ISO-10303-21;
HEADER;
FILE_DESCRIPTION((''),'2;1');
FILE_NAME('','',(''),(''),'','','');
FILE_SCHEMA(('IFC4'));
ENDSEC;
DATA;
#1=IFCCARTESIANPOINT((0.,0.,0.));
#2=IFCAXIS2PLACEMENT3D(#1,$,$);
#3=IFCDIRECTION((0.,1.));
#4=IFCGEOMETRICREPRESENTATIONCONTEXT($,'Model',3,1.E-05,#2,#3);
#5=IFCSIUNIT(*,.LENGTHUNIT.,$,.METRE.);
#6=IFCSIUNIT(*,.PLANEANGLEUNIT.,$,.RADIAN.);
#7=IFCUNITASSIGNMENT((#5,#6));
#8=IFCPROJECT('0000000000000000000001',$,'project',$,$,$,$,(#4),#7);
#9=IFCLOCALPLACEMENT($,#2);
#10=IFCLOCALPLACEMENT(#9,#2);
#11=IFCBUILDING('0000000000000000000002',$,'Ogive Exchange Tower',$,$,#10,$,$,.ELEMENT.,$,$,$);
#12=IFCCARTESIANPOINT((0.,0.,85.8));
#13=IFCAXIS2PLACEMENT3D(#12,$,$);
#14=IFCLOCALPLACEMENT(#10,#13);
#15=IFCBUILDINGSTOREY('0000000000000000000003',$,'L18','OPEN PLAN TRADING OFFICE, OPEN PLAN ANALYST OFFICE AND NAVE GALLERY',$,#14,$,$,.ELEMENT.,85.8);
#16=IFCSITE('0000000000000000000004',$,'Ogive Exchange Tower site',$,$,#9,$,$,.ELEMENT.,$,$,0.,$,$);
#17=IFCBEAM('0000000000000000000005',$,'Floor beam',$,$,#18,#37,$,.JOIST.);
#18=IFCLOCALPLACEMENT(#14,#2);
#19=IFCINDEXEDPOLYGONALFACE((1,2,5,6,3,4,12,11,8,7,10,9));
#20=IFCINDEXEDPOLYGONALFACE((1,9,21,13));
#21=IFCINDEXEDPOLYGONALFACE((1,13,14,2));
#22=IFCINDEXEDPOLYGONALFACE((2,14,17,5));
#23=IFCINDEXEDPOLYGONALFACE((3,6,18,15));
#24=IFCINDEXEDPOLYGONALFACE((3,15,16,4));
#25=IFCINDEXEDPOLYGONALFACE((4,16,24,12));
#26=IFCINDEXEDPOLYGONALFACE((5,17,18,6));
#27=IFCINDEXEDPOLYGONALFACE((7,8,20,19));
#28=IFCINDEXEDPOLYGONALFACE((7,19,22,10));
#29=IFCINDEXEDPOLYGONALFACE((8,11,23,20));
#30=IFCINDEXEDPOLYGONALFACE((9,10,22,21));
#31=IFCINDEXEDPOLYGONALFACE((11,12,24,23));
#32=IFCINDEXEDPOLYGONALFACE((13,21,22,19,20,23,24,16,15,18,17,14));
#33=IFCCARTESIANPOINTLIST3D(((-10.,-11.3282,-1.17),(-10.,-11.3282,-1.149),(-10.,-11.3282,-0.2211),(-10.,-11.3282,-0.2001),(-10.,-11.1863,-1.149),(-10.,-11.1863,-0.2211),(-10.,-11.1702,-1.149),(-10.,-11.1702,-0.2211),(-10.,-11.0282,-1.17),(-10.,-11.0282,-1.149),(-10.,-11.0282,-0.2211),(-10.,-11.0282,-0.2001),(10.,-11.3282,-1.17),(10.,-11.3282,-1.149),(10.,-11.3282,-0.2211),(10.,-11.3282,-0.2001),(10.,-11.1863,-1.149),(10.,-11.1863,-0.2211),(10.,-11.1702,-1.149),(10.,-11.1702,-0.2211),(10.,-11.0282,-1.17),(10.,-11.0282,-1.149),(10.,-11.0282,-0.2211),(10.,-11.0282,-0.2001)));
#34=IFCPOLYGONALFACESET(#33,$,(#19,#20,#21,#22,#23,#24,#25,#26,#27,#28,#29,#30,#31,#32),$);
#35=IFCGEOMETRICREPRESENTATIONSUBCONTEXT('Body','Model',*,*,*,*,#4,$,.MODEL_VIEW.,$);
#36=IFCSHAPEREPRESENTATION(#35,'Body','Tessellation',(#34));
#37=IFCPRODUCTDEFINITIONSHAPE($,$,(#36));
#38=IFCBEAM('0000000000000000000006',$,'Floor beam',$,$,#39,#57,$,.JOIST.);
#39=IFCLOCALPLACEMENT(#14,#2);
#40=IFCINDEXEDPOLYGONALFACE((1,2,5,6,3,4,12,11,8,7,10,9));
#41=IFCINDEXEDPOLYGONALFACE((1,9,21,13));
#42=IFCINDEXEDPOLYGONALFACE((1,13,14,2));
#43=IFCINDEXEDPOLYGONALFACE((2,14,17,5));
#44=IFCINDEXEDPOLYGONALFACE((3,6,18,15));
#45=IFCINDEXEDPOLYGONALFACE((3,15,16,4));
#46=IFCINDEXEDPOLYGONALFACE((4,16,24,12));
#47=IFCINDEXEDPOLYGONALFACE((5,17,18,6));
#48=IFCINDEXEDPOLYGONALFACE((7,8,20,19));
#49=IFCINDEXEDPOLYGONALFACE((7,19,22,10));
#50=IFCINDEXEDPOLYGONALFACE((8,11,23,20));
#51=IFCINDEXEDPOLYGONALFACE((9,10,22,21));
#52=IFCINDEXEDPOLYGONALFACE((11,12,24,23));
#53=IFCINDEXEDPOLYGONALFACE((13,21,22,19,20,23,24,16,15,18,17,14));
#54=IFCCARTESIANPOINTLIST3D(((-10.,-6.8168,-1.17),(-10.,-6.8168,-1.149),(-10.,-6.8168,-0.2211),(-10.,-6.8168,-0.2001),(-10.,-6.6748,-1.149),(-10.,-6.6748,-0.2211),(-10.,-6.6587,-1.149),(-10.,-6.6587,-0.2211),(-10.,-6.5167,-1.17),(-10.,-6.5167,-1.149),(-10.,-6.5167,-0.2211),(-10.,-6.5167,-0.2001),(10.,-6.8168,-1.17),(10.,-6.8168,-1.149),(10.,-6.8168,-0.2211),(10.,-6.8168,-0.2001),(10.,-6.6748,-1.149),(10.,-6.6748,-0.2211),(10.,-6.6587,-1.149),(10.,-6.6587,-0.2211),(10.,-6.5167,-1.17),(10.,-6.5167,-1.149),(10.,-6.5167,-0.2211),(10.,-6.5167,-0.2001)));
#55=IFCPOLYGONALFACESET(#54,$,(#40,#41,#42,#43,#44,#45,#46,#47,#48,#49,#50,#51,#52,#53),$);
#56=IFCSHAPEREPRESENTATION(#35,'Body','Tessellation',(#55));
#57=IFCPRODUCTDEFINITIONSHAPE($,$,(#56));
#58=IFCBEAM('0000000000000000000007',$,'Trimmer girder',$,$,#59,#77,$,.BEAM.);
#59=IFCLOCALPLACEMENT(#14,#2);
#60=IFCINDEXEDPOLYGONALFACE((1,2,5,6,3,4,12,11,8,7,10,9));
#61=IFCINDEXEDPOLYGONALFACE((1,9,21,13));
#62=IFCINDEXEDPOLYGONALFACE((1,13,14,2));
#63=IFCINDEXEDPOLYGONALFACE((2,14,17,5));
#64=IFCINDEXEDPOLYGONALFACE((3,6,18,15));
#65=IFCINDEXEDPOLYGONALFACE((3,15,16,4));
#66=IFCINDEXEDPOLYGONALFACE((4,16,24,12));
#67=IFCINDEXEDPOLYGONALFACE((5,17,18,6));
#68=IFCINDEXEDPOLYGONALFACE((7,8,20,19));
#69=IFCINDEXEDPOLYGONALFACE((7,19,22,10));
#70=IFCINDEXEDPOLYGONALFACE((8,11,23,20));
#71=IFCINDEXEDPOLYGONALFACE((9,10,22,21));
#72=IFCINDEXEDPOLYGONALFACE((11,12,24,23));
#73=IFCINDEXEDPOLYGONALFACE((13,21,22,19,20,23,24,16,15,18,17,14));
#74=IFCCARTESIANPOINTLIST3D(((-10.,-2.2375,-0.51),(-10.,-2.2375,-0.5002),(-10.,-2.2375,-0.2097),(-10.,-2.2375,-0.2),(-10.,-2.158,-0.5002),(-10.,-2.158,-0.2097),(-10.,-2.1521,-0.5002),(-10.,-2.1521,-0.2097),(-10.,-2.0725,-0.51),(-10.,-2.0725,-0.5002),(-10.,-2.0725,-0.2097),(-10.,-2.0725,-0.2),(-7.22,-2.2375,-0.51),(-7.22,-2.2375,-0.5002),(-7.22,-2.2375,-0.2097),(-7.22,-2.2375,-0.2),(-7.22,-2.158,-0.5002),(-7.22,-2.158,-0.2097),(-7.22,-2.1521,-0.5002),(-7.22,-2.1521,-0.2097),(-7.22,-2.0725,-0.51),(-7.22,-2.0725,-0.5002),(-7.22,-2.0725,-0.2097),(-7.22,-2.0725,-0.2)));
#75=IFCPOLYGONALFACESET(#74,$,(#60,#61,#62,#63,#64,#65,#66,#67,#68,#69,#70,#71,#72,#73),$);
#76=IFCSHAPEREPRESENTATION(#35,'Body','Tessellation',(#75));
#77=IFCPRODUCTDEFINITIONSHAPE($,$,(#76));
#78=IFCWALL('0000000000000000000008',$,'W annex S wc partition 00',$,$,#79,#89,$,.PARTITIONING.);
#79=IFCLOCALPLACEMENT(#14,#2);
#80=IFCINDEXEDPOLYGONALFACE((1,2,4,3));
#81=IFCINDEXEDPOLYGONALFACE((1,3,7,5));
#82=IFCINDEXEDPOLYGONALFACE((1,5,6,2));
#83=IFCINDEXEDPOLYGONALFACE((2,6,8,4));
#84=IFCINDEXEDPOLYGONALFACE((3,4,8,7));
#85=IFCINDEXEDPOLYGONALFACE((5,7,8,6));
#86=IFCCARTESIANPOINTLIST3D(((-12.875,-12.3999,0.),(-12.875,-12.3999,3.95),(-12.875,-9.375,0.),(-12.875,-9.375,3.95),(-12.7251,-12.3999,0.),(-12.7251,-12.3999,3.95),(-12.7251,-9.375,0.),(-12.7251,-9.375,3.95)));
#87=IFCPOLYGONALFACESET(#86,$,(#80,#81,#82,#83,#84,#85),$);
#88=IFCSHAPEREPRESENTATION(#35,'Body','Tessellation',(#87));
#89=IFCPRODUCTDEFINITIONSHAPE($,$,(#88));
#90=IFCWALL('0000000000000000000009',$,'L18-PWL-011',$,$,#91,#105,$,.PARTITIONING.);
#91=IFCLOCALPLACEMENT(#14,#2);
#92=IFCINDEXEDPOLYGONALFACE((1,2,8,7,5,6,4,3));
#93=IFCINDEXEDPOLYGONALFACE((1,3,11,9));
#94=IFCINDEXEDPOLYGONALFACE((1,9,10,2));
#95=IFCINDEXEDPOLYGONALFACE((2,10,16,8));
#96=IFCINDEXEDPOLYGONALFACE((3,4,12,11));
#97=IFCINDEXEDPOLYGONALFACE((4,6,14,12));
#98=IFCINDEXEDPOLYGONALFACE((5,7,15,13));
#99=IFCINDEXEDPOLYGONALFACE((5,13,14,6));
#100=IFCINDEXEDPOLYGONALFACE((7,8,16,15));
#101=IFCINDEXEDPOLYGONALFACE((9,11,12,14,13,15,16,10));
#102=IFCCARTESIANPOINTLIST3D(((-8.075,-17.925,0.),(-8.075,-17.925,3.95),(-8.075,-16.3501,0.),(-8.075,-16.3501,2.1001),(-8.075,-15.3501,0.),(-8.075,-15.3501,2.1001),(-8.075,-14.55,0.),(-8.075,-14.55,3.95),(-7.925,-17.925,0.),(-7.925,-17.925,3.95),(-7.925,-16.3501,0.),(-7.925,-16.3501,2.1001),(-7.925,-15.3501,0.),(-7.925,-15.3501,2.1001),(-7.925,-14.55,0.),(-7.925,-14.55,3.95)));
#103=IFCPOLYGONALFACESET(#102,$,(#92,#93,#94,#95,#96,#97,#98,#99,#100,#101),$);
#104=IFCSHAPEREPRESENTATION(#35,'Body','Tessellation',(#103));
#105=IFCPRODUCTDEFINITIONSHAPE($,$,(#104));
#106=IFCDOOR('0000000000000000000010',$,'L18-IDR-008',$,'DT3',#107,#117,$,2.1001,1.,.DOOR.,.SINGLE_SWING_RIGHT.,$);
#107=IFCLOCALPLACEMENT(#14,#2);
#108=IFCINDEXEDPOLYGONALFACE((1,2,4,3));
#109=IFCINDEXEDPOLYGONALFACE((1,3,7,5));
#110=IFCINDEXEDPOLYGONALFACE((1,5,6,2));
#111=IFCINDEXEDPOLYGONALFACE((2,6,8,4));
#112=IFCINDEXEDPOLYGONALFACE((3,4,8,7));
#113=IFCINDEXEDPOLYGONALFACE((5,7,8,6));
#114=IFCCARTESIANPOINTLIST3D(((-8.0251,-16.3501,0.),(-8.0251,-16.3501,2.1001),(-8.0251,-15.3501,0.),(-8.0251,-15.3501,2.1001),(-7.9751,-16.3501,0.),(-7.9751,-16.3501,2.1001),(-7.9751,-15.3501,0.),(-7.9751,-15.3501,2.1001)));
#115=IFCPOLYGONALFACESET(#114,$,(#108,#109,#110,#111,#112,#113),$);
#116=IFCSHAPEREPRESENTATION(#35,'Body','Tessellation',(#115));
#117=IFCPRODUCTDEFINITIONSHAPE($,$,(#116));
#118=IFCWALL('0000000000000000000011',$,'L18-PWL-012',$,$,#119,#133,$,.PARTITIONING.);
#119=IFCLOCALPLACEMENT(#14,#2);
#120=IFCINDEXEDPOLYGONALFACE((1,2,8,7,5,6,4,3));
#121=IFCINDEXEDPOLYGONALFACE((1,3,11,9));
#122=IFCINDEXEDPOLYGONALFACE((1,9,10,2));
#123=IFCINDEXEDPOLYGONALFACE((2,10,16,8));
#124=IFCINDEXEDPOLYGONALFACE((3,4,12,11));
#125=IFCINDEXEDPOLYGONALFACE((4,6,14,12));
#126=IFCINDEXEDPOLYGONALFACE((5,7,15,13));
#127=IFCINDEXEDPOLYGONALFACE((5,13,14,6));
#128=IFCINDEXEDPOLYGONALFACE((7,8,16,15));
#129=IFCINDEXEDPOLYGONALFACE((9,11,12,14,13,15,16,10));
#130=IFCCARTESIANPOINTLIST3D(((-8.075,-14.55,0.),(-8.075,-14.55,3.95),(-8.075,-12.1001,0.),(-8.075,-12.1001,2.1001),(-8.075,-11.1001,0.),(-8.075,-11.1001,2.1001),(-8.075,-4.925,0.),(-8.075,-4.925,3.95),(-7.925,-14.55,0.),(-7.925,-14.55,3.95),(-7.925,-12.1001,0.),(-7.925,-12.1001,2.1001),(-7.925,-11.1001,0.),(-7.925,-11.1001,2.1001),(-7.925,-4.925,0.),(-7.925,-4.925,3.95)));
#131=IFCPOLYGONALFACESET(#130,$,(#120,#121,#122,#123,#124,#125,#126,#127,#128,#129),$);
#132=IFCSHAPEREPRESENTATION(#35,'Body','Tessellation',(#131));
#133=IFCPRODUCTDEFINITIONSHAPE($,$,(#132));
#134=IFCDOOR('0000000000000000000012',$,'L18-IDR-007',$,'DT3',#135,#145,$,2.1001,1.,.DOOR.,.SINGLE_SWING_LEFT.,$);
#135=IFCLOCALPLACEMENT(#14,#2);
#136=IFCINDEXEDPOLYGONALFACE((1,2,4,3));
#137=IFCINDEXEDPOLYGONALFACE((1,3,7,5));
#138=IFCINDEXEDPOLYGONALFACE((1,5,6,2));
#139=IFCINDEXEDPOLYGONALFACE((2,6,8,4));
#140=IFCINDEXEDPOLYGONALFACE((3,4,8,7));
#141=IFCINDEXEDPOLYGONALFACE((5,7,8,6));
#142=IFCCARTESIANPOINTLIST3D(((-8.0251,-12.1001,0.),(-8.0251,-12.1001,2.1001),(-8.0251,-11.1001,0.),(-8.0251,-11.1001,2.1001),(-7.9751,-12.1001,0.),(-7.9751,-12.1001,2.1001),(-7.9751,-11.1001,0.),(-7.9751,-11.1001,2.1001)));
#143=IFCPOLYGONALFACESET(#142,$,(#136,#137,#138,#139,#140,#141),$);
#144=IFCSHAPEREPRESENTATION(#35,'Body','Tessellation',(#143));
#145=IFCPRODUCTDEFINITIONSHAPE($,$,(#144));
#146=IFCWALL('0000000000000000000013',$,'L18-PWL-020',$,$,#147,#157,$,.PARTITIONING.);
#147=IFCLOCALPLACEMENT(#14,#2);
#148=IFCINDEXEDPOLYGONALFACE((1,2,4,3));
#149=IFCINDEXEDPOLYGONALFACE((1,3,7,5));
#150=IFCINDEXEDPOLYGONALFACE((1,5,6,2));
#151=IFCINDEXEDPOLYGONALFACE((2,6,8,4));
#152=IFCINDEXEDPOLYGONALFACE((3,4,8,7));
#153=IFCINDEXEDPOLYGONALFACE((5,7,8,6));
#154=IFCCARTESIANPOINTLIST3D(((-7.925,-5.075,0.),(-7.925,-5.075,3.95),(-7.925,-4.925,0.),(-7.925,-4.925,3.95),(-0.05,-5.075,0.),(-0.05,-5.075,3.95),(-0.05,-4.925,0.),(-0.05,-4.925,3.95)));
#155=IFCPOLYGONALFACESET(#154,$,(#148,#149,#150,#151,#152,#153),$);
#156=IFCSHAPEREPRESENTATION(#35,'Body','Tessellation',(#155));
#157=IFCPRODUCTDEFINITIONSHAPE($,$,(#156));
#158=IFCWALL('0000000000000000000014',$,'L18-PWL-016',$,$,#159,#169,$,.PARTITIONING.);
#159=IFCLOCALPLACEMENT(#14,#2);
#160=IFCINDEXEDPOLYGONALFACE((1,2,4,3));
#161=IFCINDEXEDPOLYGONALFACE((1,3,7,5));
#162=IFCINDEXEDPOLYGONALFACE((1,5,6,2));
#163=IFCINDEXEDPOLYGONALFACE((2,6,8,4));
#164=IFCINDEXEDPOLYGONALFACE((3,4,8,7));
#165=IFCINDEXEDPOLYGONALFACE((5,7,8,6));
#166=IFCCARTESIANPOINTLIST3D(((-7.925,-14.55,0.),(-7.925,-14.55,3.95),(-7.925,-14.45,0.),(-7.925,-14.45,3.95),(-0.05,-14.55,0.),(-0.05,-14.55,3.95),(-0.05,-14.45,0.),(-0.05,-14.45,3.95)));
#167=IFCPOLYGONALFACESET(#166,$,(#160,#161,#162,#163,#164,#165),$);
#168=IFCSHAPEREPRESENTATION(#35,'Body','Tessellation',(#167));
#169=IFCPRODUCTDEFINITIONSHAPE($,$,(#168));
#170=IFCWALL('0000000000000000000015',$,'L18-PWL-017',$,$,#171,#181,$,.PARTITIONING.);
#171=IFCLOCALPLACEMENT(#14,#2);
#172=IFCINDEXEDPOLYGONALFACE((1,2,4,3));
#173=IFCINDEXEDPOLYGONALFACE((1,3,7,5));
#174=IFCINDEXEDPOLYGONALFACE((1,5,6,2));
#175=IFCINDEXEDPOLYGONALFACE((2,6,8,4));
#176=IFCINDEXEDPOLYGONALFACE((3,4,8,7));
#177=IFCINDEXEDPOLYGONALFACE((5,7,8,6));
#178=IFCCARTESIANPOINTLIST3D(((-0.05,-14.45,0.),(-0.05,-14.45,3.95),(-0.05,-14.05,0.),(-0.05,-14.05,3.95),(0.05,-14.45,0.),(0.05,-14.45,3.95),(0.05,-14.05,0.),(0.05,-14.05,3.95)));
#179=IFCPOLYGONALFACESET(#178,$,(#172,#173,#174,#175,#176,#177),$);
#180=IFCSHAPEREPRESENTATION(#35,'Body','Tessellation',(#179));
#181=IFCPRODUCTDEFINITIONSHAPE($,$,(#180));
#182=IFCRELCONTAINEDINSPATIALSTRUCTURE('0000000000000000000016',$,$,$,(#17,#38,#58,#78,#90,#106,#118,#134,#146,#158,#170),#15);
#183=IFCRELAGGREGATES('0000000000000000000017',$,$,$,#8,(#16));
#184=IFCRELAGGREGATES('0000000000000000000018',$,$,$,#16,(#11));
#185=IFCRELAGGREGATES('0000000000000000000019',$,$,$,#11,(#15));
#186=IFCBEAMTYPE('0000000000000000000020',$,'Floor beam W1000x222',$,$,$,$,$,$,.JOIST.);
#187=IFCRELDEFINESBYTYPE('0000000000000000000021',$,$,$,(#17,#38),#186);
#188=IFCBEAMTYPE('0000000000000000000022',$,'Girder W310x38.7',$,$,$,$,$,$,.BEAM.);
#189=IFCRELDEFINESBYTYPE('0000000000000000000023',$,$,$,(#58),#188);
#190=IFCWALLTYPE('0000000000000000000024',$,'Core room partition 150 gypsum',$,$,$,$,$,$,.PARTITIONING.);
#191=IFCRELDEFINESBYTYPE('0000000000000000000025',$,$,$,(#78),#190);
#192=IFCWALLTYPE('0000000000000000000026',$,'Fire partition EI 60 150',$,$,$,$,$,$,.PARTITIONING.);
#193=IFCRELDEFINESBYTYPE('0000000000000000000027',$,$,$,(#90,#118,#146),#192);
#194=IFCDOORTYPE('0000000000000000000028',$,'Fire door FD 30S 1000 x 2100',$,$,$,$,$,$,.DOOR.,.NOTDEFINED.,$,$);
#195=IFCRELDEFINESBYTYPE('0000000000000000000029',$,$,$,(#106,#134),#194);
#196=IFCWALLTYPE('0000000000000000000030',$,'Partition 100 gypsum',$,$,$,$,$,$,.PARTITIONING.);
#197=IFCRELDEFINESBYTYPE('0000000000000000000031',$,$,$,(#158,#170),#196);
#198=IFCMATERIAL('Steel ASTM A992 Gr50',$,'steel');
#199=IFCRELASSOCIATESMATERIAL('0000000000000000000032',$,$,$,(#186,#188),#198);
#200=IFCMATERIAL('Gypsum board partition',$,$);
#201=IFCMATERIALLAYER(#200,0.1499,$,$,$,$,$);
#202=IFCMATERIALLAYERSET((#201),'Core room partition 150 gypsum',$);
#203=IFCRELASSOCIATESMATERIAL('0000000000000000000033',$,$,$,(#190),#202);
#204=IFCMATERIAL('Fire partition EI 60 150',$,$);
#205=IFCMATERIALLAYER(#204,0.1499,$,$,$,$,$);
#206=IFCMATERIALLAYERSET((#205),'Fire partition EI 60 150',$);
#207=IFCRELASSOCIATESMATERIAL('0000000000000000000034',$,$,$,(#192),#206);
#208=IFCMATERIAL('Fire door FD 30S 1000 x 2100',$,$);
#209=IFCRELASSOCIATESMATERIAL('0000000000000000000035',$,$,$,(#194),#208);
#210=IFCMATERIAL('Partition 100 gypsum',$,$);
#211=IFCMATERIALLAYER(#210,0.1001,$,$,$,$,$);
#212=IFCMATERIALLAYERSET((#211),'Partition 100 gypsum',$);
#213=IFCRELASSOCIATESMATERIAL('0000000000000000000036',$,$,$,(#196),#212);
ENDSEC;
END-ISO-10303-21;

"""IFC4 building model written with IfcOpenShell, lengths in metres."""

from ifc_helpers import new_model, si_unit, direction, frame, frame_2d, origin, origin_2d, place, context, subcontext, project, spatial, rectangle, i_section, extrude, material, layer, layer_set, material_profile, profile_set, type_object, element, fill, save


model = new_model("IFC4")

# Units and contexts
model_context = context("Model", 3, precision=1e-05, world=origin(), true_north=direction((0.0, 1.0)))
body_context = subcontext(model_context, "Body", "Model", "MODEL_VIEW")
ifc_project = project(units=[si_unit("LENGTHUNIT", "METRE"), si_unit("PLANEANGLEUNIT", "RADIAN")], contexts=[model_context])

# Site, building, storey
site_placement = place(None, origin())
site = spatial("IfcSite", under=ifc_project, at=site_placement, Name="Ogive Exchange Tower site", CompositionType="ELEMENT", RefElevation=0.0)
building_placement = place(site_placement, origin())
building = spatial("IfcBuilding", under=site, at=building_placement, Name="Ogive Exchange Tower", CompositionType="ELEMENT")
storey_placement = place(building_placement, frame((0.0, 0.0, 85.8)))
storey = spatial("IfcBuildingStorey", under=building, at=storey_placement, Name="L18", Description="OPEN PLAN TRADING OFFICE, OPEN PLAN ANALYST OFFICE AND NAVE GALLERY", CompositionType="ELEMENT", Elevation=85.8)

# Beams
ifc_material_1 = material(Name="Steel ASTM A992 Gr50", Category="steel")
ifc_material_profile_1 = material_profile(ifc_material_1, i_section(OverallWidth=0.3, OverallDepth=0.97, WebThickness=0.0161, FlangeThickness=0.021, at=origin_2d()), Name="W1000x222")
ifc_profile_set_1 = profile_set([ifc_material_profile_1], Name="Steel ASTM A992 Gr50")
beam_type_1 = type_object("IfcBeamType", Name="Floor beam W1000x222", PredefinedType="JOIST", material=ifc_profile_set_1)
for number, where, z_axis, x_axis, name in (
    (1, (-10.0, -11.1782, -0.6851), (1.0, 0.0, 0.0), (0.0, 1.0, 0.0), "Floor beam"),
    (2, (-10.0, -6.6667, -0.6851), (1.0, 0.0, 0.0), (0.0, 1.0, 0.0), "Floor beam"),
):
    element("IfcBeam", number, at=place(storey_placement, frame(where, z_axis=z_axis, x_axis=x_axis)), inside=storey, type_object=beam_type_1, Name=name, PredefinedType="JOIST", context=body_context, shape_type="SweptSolid", body=[
        extrude(i_section(OverallWidth=0.3, OverallDepth=0.97, WebThickness=0.0161, FlangeThickness=0.021, at=origin_2d()), origin(), (0.0, 0.0, 1.0), 20.0),
    ])
ifc_material_profile_2 = material_profile(ifc_material_1, i_section(OverallWidth=0.165, OverallDepth=0.3101, WebThickness=0.0059, FlangeThickness=0.0098, at=origin_2d()), Name="W310x38.7")
ifc_profile_set_2 = profile_set([ifc_material_profile_2], Name="Steel ASTM A992 Gr50")
beam_type_2 = type_object("IfcBeamType", Name="Girder W310x38.7", PredefinedType="BEAM", material=ifc_profile_set_2)
beam_placement = place(storey_placement, frame((-10.0, -2.155, -0.355), z_axis=(1.0, 0.0, 0.0), x_axis=(0.0, 1.0, 0.0)))
element("IfcBeam", 3, at=beam_placement, inside=storey, type_object=beam_type_2, Name="Trimmer girder", PredefinedType="BEAM", context=body_context, shape_type="SweptSolid", body=[
    extrude(i_section(OverallWidth=0.165, OverallDepth=0.3101, WebThickness=0.0059, FlangeThickness=0.0098, at=origin_2d()), origin(), (0.0, 0.0, 1.0), 2.78),
])

# Wall
ifc_material_2 = material(Name="Gypsum board partition")
ifc_layer_1 = layer(ifc_material_2, 0.1499)
ifc_layer_set_1 = layer_set([ifc_layer_1], Name="Core room partition 150 gypsum")
wall_type_1 = type_object("IfcWallType", Name="Core room partition 150 gypsum", PredefinedType="PARTITIONING", material=ifc_layer_set_1)
wall_1_placement = place(storey_placement, frame((-12.8, -12.3999, 0.0), z_axis=(0.0, 0.0, 1.0), x_axis=(0.0, 1.0, 0.0)))
element("IfcWall", 4, at=wall_1_placement, inside=storey, type_object=wall_type_1, Name="W annex S wc partition 00", PredefinedType="PARTITIONING", context=body_context, shape_type="SweptSolid", body=[
    extrude(rectangle(XDim=3.0249, YDim=0.1499, at=frame_2d((1.5125, 0.0))), origin(), (0.0, 0.0, 1.0), 3.95),
])

# Walls, openings, doors
ifc_material_3 = material(Name="Fire partition EI 60 150")
ifc_layer_2 = layer(ifc_material_3, 0.1499)
ifc_layer_set_2 = layer_set([ifc_layer_2], Name="Fire partition EI 60 150")
wall_type_2 = type_object("IfcWallType", Name="Fire partition EI 60 150", PredefinedType="PARTITIONING", material=ifc_layer_set_2)
wall_2_placement = place(storey_placement, frame((-8.0, -14.55, 0.0), z_axis=(0.0, 0.0, 1.0), x_axis=(0.0, -1.0, 0.0)))
wall_2 = element("IfcWall", 5, at=wall_2_placement, inside=storey, type_object=wall_type_2, Name="L18-PWL-011", PredefinedType="PARTITIONING", context=body_context, shape_type="SweptSolid", body=[
    extrude(rectangle(XDim=3.375, YDim=0.1499, at=frame_2d((1.6875, 0.0))), origin(), (0.0, 0.0, 1.0), 3.95),
])
opening_1_placement = place(wall_2_placement, frame((0.8, 0.0, 0.0)))
opening_1 = element("IfcOpeningElement", 6, at=opening_1_placement, cuts=wall_2, PredefinedType="OPENING", context=body_context, shape_type="SweptSolid", body=[
    extrude(rectangle(XDim=1.0, YDim=2.1001, at=frame_2d((0.5, 1.05))), frame((0.0, 0.085, 0.0), z_axis=(0.0, -1.0, 0.0), x_axis=(1.0, 0.0, 0.0)), (0.0, 0.0, 1.0), 0.1699),
])
ifc_material_4 = material(Name="Fire door FD 30S 1000 x 2100")
door_type_1 = type_object("IfcDoorType", Name="Fire door FD 30S 1000 x 2100", OperationType="NOTDEFINED", PredefinedType="DOOR", material=ifc_material_4)
door_1_placement = place(opening_1_placement, origin())
door_1 = element("IfcDoor", 7, at=door_1_placement, inside=storey, type_object=door_type_1, Name="L18-IDR-008", ObjectType="DT3", OperationType="SINGLE_SWING_RIGHT", OverallHeight=2.1001, OverallWidth=1.0, PredefinedType="DOOR", context=body_context, shape_type="SweptSolid", body=[
    extrude(rectangle(XDim=1.0, YDim=2.1001, at=frame_2d((0.5, 1.05))), frame((0.0, 0.0249, 0.0), z_axis=(0.0, -1.0, 0.0), x_axis=(1.0, 0.0, 0.0)), (0.0, 0.0, 1.0), 0.05),
])
fill(opening_1, door_1)
wall_3_placement = place(storey_placement, frame((-8.0, -4.925, 0.0), z_axis=(0.0, 0.0, 1.0), x_axis=(0.0, -1.0, 0.0)))
wall_3 = element("IfcWall", 8, at=wall_3_placement, inside=storey, type_object=wall_type_2, Name="L18-PWL-012", PredefinedType="PARTITIONING", context=body_context, shape_type="SweptSolid", body=[
    extrude(rectangle(XDim=9.625, YDim=0.1499, at=frame_2d((4.8125, 0.0))), origin(), (0.0, 0.0, 1.0), 3.95),
])
opening_2_placement = place(wall_3_placement, frame((6.175, 0.0, 0.0)))
opening_2 = element("IfcOpeningElement", 9, at=opening_2_placement, cuts=wall_3, PredefinedType="OPENING", context=body_context, shape_type="SweptSolid", body=[
    extrude(rectangle(XDim=1.0, YDim=2.1001, at=frame_2d((0.5, 1.05))), frame((0.0, 0.085, 0.0), z_axis=(0.0, -1.0, 0.0), x_axis=(1.0, 0.0, 0.0)), (0.0, 0.0, 1.0), 0.1699),
])
door_2_placement = place(opening_2_placement, origin())
door_2 = element("IfcDoor", 10, at=door_2_placement, inside=storey, type_object=door_type_1, Name="L18-IDR-007", ObjectType="DT3", OperationType="SINGLE_SWING_LEFT", OverallHeight=2.1001, OverallWidth=1.0, PredefinedType="DOOR", context=body_context, shape_type="SweptSolid", body=[
    extrude(rectangle(XDim=1.0, YDim=2.1001, at=frame_2d((0.5, 1.05))), frame((0.0, 0.0249, 0.0), z_axis=(0.0, -1.0, 0.0), x_axis=(1.0, 0.0, 0.0)), (0.0, 0.0, 1.0), 0.05),
])
fill(opening_2, door_2)

# Walls
wall_4_placement = place(storey_placement, frame((-0.05, -5.0, 0.0), z_axis=(0.0, 0.0, 1.0), x_axis=(-1.0, 0.0, 0.0)))
element("IfcWall", 11, at=wall_4_placement, inside=storey, type_object=wall_type_2, Name="L18-PWL-020", PredefinedType="PARTITIONING", context=body_context, shape_type="SweptSolid", body=[
    extrude(rectangle(XDim=7.875, YDim=0.1499, at=frame_2d((3.9375, 0.0))), origin(), (0.0, 0.0, 1.0), 3.95),
])
ifc_material_5 = material(Name="Partition 100 gypsum")
ifc_layer_3 = layer(ifc_material_5, 0.1001)
ifc_layer_set_3 = layer_set([ifc_layer_3], Name="Partition 100 gypsum")
wall_type_3 = type_object("IfcWallType", Name="Partition 100 gypsum", PredefinedType="PARTITIONING", material=ifc_layer_set_3)
wall_5_placement = place(storey_placement, frame((-0.05, -14.5, 0.0), z_axis=(0.0, 0.0, 1.0), x_axis=(-1.0, 0.0, 0.0)))
element("IfcWall", 12, at=wall_5_placement, inside=storey, type_object=wall_type_3, Name="L18-PWL-016", PredefinedType="PARTITIONING", context=body_context, shape_type="SweptSolid", body=[
    extrude(rectangle(XDim=7.875, YDim=0.1001, at=frame_2d((3.9375, 0.0))), origin(), (0.0, 0.0, 1.0), 3.95),
])
wall_6_placement = place(storey_placement, frame((0.0, -14.45, 0.0), z_axis=(0.0, 0.0, 1.0), x_axis=(0.0, 1.0, 0.0)))
element("IfcWall", 13, at=wall_6_placement, inside=storey, type_object=wall_type_3, Name="L18-PWL-017", PredefinedType="PARTITIONING", context=body_context, shape_type="SweptSolid", body=[
    extrude(rectangle(XDim=0.3999, YDim=0.1001, at=frame_2d((0.2, 0.0))), origin(), (0.0, 0.0, 1.0), 3.95),
])

save(model, "model.ifc")
